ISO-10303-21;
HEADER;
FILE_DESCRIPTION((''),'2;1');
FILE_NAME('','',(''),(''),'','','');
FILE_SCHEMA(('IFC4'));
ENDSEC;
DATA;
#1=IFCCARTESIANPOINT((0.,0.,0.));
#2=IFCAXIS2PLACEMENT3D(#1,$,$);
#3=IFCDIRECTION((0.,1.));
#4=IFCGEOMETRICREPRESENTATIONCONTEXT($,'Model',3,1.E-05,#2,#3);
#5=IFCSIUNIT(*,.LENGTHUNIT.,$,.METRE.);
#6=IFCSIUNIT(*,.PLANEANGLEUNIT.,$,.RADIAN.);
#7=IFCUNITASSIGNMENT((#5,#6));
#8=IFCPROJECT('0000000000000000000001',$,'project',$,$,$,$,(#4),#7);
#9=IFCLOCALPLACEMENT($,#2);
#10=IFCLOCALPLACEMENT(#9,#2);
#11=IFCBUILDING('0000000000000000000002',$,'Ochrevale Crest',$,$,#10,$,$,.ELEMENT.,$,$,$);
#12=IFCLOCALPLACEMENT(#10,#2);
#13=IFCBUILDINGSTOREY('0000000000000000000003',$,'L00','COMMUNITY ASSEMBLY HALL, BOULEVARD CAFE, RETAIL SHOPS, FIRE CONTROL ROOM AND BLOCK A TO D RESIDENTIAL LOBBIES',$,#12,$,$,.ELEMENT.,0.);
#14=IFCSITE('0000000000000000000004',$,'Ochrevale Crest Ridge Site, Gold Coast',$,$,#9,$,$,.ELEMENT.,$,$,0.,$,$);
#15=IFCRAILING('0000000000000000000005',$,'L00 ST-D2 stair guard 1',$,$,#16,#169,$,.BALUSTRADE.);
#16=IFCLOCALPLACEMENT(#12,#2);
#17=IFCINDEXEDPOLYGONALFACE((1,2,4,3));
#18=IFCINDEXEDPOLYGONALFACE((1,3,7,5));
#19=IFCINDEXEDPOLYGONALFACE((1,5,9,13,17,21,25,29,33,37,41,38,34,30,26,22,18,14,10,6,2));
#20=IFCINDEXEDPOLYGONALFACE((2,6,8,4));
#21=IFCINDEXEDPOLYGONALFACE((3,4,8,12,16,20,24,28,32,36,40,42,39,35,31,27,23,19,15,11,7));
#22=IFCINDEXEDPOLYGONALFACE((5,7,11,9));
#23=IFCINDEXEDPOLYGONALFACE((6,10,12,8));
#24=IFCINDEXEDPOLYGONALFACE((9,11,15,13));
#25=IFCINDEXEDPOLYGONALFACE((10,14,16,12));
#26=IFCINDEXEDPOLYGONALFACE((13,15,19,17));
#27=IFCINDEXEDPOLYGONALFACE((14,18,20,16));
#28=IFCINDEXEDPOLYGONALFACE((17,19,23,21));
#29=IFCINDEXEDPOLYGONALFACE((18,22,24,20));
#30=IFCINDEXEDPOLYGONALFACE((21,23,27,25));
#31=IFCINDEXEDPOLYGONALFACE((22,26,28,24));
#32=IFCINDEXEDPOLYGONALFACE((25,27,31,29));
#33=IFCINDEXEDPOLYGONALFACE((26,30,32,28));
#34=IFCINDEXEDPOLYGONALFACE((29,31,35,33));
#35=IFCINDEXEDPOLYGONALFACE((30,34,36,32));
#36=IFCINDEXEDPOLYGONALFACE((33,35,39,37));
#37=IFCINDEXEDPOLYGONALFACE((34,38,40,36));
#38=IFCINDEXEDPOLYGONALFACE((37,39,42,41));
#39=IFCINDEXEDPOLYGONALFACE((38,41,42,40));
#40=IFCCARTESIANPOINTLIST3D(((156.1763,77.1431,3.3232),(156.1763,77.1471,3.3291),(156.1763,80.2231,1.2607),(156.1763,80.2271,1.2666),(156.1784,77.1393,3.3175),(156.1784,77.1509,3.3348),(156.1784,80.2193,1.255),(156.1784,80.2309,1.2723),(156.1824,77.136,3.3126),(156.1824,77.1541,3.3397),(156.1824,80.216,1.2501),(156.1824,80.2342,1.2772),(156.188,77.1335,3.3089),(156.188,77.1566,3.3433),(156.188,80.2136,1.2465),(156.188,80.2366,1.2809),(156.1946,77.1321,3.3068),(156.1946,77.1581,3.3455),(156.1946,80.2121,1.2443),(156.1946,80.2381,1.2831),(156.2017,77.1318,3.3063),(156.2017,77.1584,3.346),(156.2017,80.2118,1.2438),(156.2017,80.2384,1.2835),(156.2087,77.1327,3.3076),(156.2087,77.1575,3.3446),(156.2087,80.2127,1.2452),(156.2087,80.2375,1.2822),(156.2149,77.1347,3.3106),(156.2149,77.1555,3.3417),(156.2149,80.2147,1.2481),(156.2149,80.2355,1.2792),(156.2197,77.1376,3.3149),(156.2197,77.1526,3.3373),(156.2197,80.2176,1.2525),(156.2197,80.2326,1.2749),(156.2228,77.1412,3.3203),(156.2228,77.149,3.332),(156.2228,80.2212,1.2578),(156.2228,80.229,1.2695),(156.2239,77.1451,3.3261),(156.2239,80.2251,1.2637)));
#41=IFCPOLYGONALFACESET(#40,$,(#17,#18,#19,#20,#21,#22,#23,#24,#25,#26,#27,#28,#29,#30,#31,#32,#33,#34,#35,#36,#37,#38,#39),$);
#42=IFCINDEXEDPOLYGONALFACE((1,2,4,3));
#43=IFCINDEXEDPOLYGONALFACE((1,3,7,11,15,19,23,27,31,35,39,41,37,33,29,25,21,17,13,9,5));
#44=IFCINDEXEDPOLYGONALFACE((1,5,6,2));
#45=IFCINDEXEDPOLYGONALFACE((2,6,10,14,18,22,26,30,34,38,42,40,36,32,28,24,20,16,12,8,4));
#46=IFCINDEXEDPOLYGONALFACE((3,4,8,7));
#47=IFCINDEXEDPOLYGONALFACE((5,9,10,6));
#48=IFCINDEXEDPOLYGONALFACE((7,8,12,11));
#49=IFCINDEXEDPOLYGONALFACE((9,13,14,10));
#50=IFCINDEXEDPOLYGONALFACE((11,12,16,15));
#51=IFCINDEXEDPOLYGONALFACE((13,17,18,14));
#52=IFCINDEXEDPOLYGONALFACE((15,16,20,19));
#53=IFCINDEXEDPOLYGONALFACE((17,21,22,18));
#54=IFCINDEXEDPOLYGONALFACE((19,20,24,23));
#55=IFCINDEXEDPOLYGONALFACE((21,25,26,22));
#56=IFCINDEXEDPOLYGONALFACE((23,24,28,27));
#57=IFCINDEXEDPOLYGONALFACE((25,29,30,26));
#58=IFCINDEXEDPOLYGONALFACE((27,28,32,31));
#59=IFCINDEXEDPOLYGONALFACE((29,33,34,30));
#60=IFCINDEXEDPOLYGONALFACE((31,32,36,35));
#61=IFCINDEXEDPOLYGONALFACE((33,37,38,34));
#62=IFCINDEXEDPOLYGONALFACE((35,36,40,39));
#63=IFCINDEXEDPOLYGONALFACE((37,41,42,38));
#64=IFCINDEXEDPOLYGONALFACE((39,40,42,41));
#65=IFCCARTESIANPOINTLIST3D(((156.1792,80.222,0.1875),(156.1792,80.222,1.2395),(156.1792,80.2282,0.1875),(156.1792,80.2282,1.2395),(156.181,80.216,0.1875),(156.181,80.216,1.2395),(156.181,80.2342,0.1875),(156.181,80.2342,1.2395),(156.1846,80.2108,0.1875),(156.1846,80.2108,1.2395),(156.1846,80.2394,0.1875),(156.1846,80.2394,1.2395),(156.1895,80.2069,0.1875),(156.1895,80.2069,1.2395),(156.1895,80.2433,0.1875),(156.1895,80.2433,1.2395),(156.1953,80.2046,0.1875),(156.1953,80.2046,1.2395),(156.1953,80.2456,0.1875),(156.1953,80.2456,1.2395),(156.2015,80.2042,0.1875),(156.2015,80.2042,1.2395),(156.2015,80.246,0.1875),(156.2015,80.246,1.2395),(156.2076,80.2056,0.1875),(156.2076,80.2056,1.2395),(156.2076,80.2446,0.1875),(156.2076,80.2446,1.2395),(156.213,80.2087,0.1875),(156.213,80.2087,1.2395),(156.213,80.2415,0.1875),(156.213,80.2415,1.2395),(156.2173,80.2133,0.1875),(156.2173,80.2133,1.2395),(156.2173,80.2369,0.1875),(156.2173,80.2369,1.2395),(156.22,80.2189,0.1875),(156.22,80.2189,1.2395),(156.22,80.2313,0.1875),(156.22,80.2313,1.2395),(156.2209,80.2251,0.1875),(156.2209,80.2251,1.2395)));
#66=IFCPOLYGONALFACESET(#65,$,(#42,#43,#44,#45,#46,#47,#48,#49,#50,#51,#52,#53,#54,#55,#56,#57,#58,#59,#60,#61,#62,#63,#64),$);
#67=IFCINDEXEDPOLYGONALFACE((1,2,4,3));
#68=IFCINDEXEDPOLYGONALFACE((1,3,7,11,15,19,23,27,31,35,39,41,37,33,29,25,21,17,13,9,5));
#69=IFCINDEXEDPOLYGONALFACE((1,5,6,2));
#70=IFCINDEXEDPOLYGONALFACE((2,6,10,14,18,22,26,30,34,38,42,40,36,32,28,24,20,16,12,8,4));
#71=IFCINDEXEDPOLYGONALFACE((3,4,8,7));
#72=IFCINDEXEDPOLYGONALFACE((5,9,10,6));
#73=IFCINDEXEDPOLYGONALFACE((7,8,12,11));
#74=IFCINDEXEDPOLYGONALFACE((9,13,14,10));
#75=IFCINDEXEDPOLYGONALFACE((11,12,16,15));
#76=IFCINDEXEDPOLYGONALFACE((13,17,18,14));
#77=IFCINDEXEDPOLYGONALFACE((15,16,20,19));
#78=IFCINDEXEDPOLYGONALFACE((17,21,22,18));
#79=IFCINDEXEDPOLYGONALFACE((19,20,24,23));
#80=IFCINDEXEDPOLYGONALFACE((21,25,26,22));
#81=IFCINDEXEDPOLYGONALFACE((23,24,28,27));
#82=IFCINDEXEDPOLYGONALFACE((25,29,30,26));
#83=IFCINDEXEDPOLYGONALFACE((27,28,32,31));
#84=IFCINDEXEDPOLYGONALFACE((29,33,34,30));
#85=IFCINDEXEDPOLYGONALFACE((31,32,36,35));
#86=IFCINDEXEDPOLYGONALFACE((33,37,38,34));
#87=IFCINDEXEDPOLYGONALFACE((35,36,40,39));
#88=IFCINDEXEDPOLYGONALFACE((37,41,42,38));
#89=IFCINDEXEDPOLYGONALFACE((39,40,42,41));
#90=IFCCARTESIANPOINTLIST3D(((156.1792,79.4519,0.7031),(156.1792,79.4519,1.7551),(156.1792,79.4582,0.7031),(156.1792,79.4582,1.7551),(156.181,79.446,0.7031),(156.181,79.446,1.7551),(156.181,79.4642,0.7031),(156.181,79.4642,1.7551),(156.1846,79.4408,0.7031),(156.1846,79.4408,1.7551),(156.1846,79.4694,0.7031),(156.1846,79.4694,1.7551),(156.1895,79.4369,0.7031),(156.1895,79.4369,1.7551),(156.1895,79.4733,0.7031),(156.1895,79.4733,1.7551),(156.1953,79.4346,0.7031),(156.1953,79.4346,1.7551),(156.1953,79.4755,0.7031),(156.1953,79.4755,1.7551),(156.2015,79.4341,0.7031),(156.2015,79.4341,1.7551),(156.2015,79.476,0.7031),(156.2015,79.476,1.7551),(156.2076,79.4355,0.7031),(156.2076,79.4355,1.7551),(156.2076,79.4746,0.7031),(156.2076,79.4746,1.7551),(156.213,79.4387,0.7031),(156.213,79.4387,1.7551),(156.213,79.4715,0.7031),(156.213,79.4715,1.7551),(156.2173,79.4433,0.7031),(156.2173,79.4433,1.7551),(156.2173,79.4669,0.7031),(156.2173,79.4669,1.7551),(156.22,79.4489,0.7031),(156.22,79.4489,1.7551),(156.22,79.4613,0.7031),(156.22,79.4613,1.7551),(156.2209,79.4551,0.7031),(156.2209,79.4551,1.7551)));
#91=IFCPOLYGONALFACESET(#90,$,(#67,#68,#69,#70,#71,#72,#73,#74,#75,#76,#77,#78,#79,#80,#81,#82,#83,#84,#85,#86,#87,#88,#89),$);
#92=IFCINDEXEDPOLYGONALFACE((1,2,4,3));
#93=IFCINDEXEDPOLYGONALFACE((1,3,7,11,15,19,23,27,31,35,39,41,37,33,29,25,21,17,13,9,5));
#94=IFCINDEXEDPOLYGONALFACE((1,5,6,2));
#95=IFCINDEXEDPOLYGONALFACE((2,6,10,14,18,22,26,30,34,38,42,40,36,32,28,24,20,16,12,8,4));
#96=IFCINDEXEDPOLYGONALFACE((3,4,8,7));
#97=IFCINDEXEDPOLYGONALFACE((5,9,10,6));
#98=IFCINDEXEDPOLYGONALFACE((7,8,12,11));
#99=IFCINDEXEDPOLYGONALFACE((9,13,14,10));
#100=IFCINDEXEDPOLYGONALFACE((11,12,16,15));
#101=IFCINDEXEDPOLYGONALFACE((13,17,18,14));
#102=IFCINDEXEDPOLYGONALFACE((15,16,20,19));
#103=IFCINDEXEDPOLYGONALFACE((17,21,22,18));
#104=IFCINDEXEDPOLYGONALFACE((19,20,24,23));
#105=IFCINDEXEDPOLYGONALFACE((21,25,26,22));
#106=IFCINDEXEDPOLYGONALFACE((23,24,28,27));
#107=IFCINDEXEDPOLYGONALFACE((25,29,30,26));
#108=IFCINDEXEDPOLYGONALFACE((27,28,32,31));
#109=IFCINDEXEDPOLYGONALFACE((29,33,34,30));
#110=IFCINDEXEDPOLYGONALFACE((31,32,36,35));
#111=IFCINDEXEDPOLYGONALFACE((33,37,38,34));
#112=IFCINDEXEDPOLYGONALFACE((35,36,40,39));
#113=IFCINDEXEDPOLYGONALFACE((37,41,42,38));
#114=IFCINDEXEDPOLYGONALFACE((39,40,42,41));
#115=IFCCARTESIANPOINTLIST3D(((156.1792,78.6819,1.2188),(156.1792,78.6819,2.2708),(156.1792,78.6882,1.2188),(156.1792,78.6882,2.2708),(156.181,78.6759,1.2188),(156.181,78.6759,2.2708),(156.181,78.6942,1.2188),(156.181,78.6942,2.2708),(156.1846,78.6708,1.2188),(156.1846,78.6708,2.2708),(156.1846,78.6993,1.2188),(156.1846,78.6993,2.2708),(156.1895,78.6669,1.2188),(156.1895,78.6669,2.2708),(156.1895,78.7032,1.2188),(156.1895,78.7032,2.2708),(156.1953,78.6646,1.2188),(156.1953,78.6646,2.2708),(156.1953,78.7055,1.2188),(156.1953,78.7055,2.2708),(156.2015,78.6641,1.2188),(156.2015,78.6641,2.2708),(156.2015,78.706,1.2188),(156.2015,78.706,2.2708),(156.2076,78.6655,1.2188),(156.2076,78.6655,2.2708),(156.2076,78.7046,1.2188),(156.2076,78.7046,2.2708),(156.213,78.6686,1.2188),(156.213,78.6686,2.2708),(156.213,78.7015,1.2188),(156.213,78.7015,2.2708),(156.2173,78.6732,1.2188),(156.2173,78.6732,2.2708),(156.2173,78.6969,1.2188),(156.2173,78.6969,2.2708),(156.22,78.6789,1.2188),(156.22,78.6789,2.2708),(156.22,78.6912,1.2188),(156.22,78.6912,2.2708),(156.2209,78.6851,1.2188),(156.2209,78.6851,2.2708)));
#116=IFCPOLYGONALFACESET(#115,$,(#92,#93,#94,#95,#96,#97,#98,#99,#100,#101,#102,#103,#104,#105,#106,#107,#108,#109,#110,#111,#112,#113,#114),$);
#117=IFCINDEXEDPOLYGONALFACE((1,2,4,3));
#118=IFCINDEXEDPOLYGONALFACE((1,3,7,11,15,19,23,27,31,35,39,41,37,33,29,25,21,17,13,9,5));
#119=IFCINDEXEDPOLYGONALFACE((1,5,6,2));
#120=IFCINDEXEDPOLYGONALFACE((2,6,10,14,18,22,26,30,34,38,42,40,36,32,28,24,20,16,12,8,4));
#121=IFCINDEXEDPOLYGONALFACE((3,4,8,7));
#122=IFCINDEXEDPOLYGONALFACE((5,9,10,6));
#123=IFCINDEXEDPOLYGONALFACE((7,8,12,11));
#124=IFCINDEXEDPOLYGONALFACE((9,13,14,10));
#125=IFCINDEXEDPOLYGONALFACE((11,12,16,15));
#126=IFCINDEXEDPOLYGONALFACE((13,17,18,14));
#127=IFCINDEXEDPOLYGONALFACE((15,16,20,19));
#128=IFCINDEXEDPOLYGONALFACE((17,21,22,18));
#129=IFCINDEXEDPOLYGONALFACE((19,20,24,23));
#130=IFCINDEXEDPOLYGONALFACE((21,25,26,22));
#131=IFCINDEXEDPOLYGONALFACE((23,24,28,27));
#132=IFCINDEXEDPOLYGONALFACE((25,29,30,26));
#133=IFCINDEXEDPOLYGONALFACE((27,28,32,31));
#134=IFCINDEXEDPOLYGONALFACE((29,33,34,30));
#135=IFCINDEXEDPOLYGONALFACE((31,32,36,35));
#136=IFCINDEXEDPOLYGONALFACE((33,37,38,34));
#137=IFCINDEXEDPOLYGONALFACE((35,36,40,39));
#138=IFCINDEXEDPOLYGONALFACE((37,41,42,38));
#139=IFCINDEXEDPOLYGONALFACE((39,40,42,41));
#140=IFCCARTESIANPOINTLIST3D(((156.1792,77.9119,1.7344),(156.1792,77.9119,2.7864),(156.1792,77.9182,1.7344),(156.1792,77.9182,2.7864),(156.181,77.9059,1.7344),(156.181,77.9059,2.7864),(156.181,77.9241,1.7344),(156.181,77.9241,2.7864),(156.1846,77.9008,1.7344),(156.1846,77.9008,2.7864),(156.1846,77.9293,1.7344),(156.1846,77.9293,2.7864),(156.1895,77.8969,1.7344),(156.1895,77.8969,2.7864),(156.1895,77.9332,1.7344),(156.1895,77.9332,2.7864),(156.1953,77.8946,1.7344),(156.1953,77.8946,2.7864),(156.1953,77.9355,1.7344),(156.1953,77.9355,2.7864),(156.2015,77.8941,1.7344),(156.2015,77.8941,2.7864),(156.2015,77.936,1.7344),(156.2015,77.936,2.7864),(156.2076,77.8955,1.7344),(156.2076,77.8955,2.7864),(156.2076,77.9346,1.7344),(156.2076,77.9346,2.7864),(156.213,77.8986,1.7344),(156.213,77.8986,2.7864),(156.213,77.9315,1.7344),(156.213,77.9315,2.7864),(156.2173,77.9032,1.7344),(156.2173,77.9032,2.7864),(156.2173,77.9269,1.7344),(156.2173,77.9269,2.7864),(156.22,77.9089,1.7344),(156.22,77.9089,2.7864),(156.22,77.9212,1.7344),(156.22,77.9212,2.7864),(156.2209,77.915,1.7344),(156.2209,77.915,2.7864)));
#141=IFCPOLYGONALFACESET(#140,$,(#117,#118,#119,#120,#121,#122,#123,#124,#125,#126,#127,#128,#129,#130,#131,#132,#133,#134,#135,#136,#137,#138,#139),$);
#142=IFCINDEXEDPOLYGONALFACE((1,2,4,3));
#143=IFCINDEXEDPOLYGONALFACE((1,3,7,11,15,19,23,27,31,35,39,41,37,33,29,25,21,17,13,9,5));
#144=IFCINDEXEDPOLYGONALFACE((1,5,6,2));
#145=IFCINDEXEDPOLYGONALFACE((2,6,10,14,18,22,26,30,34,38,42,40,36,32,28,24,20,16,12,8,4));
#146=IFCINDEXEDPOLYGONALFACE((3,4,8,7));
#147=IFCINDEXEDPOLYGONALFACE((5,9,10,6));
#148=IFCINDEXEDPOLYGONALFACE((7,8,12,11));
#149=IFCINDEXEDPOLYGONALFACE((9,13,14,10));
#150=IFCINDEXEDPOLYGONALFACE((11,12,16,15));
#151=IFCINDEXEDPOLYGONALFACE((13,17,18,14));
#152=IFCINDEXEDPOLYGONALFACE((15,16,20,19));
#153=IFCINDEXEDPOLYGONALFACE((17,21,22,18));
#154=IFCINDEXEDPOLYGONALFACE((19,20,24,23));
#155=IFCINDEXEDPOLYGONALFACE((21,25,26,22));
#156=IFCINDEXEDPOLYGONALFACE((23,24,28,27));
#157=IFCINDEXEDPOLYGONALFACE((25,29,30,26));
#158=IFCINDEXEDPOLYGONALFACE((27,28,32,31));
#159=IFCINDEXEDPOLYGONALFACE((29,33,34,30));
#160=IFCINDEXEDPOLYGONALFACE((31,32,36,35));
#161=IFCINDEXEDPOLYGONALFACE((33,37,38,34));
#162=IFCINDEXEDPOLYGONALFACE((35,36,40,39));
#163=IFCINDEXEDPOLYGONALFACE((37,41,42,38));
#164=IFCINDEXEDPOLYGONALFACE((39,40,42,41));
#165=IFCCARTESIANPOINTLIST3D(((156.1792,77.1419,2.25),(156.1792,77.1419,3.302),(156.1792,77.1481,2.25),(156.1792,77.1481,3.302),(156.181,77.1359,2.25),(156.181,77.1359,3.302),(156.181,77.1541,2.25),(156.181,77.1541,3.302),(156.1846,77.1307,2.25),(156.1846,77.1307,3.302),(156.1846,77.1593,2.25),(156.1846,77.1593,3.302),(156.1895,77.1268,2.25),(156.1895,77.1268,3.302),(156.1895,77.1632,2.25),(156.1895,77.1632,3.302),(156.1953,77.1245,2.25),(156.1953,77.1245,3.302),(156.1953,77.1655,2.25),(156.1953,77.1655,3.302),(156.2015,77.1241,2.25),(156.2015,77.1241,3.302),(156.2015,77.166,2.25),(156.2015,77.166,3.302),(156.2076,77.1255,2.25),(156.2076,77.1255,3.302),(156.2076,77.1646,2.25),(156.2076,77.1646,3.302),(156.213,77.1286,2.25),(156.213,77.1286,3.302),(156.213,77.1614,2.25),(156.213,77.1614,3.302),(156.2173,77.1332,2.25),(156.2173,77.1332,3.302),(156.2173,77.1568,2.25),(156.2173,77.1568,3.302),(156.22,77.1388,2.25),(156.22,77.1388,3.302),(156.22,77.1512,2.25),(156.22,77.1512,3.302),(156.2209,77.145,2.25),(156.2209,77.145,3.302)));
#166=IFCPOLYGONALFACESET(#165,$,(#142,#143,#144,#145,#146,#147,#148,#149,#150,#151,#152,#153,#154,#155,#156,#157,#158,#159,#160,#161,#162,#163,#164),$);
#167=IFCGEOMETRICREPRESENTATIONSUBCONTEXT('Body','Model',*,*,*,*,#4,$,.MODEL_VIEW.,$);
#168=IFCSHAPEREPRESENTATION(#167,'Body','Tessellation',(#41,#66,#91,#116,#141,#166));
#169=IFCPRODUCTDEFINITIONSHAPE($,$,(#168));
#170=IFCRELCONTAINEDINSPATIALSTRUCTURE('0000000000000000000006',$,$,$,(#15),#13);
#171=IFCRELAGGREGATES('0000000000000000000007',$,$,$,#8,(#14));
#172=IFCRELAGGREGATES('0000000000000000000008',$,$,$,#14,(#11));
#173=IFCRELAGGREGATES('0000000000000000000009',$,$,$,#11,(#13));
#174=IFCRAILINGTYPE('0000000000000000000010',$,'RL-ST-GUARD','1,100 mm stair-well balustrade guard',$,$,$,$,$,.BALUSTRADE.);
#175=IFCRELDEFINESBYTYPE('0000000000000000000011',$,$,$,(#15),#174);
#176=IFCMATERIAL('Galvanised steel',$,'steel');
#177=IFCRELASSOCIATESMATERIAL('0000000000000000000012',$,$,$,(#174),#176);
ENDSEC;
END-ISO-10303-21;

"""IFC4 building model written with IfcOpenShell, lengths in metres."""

from ifc_helpers import new_model, si_unit, direction, frame, origin, origin_2d, place, context, subcontext, project, spatial, circle, extrude, material, type_object, element, save


model = new_model("IFC4")

# Units and contexts
model_context = context("Model", 3, precision=1e-05, world=origin(), true_north=direction((0.0, 1.0)))
body_context = subcontext(model_context, "Body", "Model", "MODEL_VIEW")
ifc_project = project(units=[si_unit("LENGTHUNIT", "METRE"), si_unit("PLANEANGLEUNIT", "RADIAN")], contexts=[model_context])

# Site, building, storey
site_placement = place(None, origin())
site = spatial("IfcSite", under=ifc_project, at=site_placement, Name="Ochrevale Crest Ridge Site, Gold Coast", CompositionType="ELEMENT", RefElevation=0.0)
building_placement = place(site_placement, origin())
building = spatial("IfcBuilding", under=site, at=building_placement, Name="Ochrevale Crest", CompositionType="ELEMENT")
storey_placement = place(building_placement, origin())
storey = spatial("IfcBuildingStorey", under=building, at=storey_placement, Name="L00", Description="COMMUNITY ASSEMBLY HALL, BOULEVARD CAFE, RETAIL SHOPS, FIRE CONTROL ROOM AND BLOCK A TO D RESIDENTIAL LOBBIES", CompositionType="ELEMENT", Elevation=0.0)

# Railing
ifc_material_1 = material(Name="Galvanised steel", Category="steel")
railing_type_1 = type_object("IfcRailingType", Name="RL-ST-GUARD", Description="1,100 mm stair-well balustrade guard", PredefinedType="BALUSTRADE", material=ifc_material_1)
railing_1_placement = place(storey_placement, frame((156.2, 80.2251, 0.1875)))
element("IfcRailing", 1, at=railing_1_placement, inside=storey, type_object=railing_type_1, Name="L00 ST-D2 stair guard 1", PredefinedType="BALUSTRADE", context=body_context, shape_type="SweptSolid", body=[
    extrude(circle(Radius=0.0239, at=origin_2d()), frame((0.0, 0.0, 1.0762), z_axis=(0.0, -0.830914, 0.556401), x_axis=(1.0, 0.0, 0.0)), (0.0, 0.0, 1.0), 3.7068),
    extrude(circle(Radius=0.021, at=origin_2d()), origin(), (0.0, 0.0, 1.0), 1.052),
    extrude(circle(Radius=0.021, at=origin_2d()), frame((0.0, -0.77, 0.5156)), (0.0, 0.0, 1.0), 1.052),
    extrude(circle(Radius=0.021, at=origin_2d()), frame((0.0, -1.54, 1.0312)), (0.0, 0.0, 1.0), 1.052),
    extrude(circle(Radius=0.021, at=origin_2d()), frame((0.0, -2.3101, 1.5469)), (0.0, 0.0, 1.0), 1.052),
    extrude(circle(Radius=0.021, at=origin_2d()), frame((0.0, -3.0801, 2.0625)), (0.0, 0.0, 1.0), 1.052),
])

save(model, "model.ifc")
